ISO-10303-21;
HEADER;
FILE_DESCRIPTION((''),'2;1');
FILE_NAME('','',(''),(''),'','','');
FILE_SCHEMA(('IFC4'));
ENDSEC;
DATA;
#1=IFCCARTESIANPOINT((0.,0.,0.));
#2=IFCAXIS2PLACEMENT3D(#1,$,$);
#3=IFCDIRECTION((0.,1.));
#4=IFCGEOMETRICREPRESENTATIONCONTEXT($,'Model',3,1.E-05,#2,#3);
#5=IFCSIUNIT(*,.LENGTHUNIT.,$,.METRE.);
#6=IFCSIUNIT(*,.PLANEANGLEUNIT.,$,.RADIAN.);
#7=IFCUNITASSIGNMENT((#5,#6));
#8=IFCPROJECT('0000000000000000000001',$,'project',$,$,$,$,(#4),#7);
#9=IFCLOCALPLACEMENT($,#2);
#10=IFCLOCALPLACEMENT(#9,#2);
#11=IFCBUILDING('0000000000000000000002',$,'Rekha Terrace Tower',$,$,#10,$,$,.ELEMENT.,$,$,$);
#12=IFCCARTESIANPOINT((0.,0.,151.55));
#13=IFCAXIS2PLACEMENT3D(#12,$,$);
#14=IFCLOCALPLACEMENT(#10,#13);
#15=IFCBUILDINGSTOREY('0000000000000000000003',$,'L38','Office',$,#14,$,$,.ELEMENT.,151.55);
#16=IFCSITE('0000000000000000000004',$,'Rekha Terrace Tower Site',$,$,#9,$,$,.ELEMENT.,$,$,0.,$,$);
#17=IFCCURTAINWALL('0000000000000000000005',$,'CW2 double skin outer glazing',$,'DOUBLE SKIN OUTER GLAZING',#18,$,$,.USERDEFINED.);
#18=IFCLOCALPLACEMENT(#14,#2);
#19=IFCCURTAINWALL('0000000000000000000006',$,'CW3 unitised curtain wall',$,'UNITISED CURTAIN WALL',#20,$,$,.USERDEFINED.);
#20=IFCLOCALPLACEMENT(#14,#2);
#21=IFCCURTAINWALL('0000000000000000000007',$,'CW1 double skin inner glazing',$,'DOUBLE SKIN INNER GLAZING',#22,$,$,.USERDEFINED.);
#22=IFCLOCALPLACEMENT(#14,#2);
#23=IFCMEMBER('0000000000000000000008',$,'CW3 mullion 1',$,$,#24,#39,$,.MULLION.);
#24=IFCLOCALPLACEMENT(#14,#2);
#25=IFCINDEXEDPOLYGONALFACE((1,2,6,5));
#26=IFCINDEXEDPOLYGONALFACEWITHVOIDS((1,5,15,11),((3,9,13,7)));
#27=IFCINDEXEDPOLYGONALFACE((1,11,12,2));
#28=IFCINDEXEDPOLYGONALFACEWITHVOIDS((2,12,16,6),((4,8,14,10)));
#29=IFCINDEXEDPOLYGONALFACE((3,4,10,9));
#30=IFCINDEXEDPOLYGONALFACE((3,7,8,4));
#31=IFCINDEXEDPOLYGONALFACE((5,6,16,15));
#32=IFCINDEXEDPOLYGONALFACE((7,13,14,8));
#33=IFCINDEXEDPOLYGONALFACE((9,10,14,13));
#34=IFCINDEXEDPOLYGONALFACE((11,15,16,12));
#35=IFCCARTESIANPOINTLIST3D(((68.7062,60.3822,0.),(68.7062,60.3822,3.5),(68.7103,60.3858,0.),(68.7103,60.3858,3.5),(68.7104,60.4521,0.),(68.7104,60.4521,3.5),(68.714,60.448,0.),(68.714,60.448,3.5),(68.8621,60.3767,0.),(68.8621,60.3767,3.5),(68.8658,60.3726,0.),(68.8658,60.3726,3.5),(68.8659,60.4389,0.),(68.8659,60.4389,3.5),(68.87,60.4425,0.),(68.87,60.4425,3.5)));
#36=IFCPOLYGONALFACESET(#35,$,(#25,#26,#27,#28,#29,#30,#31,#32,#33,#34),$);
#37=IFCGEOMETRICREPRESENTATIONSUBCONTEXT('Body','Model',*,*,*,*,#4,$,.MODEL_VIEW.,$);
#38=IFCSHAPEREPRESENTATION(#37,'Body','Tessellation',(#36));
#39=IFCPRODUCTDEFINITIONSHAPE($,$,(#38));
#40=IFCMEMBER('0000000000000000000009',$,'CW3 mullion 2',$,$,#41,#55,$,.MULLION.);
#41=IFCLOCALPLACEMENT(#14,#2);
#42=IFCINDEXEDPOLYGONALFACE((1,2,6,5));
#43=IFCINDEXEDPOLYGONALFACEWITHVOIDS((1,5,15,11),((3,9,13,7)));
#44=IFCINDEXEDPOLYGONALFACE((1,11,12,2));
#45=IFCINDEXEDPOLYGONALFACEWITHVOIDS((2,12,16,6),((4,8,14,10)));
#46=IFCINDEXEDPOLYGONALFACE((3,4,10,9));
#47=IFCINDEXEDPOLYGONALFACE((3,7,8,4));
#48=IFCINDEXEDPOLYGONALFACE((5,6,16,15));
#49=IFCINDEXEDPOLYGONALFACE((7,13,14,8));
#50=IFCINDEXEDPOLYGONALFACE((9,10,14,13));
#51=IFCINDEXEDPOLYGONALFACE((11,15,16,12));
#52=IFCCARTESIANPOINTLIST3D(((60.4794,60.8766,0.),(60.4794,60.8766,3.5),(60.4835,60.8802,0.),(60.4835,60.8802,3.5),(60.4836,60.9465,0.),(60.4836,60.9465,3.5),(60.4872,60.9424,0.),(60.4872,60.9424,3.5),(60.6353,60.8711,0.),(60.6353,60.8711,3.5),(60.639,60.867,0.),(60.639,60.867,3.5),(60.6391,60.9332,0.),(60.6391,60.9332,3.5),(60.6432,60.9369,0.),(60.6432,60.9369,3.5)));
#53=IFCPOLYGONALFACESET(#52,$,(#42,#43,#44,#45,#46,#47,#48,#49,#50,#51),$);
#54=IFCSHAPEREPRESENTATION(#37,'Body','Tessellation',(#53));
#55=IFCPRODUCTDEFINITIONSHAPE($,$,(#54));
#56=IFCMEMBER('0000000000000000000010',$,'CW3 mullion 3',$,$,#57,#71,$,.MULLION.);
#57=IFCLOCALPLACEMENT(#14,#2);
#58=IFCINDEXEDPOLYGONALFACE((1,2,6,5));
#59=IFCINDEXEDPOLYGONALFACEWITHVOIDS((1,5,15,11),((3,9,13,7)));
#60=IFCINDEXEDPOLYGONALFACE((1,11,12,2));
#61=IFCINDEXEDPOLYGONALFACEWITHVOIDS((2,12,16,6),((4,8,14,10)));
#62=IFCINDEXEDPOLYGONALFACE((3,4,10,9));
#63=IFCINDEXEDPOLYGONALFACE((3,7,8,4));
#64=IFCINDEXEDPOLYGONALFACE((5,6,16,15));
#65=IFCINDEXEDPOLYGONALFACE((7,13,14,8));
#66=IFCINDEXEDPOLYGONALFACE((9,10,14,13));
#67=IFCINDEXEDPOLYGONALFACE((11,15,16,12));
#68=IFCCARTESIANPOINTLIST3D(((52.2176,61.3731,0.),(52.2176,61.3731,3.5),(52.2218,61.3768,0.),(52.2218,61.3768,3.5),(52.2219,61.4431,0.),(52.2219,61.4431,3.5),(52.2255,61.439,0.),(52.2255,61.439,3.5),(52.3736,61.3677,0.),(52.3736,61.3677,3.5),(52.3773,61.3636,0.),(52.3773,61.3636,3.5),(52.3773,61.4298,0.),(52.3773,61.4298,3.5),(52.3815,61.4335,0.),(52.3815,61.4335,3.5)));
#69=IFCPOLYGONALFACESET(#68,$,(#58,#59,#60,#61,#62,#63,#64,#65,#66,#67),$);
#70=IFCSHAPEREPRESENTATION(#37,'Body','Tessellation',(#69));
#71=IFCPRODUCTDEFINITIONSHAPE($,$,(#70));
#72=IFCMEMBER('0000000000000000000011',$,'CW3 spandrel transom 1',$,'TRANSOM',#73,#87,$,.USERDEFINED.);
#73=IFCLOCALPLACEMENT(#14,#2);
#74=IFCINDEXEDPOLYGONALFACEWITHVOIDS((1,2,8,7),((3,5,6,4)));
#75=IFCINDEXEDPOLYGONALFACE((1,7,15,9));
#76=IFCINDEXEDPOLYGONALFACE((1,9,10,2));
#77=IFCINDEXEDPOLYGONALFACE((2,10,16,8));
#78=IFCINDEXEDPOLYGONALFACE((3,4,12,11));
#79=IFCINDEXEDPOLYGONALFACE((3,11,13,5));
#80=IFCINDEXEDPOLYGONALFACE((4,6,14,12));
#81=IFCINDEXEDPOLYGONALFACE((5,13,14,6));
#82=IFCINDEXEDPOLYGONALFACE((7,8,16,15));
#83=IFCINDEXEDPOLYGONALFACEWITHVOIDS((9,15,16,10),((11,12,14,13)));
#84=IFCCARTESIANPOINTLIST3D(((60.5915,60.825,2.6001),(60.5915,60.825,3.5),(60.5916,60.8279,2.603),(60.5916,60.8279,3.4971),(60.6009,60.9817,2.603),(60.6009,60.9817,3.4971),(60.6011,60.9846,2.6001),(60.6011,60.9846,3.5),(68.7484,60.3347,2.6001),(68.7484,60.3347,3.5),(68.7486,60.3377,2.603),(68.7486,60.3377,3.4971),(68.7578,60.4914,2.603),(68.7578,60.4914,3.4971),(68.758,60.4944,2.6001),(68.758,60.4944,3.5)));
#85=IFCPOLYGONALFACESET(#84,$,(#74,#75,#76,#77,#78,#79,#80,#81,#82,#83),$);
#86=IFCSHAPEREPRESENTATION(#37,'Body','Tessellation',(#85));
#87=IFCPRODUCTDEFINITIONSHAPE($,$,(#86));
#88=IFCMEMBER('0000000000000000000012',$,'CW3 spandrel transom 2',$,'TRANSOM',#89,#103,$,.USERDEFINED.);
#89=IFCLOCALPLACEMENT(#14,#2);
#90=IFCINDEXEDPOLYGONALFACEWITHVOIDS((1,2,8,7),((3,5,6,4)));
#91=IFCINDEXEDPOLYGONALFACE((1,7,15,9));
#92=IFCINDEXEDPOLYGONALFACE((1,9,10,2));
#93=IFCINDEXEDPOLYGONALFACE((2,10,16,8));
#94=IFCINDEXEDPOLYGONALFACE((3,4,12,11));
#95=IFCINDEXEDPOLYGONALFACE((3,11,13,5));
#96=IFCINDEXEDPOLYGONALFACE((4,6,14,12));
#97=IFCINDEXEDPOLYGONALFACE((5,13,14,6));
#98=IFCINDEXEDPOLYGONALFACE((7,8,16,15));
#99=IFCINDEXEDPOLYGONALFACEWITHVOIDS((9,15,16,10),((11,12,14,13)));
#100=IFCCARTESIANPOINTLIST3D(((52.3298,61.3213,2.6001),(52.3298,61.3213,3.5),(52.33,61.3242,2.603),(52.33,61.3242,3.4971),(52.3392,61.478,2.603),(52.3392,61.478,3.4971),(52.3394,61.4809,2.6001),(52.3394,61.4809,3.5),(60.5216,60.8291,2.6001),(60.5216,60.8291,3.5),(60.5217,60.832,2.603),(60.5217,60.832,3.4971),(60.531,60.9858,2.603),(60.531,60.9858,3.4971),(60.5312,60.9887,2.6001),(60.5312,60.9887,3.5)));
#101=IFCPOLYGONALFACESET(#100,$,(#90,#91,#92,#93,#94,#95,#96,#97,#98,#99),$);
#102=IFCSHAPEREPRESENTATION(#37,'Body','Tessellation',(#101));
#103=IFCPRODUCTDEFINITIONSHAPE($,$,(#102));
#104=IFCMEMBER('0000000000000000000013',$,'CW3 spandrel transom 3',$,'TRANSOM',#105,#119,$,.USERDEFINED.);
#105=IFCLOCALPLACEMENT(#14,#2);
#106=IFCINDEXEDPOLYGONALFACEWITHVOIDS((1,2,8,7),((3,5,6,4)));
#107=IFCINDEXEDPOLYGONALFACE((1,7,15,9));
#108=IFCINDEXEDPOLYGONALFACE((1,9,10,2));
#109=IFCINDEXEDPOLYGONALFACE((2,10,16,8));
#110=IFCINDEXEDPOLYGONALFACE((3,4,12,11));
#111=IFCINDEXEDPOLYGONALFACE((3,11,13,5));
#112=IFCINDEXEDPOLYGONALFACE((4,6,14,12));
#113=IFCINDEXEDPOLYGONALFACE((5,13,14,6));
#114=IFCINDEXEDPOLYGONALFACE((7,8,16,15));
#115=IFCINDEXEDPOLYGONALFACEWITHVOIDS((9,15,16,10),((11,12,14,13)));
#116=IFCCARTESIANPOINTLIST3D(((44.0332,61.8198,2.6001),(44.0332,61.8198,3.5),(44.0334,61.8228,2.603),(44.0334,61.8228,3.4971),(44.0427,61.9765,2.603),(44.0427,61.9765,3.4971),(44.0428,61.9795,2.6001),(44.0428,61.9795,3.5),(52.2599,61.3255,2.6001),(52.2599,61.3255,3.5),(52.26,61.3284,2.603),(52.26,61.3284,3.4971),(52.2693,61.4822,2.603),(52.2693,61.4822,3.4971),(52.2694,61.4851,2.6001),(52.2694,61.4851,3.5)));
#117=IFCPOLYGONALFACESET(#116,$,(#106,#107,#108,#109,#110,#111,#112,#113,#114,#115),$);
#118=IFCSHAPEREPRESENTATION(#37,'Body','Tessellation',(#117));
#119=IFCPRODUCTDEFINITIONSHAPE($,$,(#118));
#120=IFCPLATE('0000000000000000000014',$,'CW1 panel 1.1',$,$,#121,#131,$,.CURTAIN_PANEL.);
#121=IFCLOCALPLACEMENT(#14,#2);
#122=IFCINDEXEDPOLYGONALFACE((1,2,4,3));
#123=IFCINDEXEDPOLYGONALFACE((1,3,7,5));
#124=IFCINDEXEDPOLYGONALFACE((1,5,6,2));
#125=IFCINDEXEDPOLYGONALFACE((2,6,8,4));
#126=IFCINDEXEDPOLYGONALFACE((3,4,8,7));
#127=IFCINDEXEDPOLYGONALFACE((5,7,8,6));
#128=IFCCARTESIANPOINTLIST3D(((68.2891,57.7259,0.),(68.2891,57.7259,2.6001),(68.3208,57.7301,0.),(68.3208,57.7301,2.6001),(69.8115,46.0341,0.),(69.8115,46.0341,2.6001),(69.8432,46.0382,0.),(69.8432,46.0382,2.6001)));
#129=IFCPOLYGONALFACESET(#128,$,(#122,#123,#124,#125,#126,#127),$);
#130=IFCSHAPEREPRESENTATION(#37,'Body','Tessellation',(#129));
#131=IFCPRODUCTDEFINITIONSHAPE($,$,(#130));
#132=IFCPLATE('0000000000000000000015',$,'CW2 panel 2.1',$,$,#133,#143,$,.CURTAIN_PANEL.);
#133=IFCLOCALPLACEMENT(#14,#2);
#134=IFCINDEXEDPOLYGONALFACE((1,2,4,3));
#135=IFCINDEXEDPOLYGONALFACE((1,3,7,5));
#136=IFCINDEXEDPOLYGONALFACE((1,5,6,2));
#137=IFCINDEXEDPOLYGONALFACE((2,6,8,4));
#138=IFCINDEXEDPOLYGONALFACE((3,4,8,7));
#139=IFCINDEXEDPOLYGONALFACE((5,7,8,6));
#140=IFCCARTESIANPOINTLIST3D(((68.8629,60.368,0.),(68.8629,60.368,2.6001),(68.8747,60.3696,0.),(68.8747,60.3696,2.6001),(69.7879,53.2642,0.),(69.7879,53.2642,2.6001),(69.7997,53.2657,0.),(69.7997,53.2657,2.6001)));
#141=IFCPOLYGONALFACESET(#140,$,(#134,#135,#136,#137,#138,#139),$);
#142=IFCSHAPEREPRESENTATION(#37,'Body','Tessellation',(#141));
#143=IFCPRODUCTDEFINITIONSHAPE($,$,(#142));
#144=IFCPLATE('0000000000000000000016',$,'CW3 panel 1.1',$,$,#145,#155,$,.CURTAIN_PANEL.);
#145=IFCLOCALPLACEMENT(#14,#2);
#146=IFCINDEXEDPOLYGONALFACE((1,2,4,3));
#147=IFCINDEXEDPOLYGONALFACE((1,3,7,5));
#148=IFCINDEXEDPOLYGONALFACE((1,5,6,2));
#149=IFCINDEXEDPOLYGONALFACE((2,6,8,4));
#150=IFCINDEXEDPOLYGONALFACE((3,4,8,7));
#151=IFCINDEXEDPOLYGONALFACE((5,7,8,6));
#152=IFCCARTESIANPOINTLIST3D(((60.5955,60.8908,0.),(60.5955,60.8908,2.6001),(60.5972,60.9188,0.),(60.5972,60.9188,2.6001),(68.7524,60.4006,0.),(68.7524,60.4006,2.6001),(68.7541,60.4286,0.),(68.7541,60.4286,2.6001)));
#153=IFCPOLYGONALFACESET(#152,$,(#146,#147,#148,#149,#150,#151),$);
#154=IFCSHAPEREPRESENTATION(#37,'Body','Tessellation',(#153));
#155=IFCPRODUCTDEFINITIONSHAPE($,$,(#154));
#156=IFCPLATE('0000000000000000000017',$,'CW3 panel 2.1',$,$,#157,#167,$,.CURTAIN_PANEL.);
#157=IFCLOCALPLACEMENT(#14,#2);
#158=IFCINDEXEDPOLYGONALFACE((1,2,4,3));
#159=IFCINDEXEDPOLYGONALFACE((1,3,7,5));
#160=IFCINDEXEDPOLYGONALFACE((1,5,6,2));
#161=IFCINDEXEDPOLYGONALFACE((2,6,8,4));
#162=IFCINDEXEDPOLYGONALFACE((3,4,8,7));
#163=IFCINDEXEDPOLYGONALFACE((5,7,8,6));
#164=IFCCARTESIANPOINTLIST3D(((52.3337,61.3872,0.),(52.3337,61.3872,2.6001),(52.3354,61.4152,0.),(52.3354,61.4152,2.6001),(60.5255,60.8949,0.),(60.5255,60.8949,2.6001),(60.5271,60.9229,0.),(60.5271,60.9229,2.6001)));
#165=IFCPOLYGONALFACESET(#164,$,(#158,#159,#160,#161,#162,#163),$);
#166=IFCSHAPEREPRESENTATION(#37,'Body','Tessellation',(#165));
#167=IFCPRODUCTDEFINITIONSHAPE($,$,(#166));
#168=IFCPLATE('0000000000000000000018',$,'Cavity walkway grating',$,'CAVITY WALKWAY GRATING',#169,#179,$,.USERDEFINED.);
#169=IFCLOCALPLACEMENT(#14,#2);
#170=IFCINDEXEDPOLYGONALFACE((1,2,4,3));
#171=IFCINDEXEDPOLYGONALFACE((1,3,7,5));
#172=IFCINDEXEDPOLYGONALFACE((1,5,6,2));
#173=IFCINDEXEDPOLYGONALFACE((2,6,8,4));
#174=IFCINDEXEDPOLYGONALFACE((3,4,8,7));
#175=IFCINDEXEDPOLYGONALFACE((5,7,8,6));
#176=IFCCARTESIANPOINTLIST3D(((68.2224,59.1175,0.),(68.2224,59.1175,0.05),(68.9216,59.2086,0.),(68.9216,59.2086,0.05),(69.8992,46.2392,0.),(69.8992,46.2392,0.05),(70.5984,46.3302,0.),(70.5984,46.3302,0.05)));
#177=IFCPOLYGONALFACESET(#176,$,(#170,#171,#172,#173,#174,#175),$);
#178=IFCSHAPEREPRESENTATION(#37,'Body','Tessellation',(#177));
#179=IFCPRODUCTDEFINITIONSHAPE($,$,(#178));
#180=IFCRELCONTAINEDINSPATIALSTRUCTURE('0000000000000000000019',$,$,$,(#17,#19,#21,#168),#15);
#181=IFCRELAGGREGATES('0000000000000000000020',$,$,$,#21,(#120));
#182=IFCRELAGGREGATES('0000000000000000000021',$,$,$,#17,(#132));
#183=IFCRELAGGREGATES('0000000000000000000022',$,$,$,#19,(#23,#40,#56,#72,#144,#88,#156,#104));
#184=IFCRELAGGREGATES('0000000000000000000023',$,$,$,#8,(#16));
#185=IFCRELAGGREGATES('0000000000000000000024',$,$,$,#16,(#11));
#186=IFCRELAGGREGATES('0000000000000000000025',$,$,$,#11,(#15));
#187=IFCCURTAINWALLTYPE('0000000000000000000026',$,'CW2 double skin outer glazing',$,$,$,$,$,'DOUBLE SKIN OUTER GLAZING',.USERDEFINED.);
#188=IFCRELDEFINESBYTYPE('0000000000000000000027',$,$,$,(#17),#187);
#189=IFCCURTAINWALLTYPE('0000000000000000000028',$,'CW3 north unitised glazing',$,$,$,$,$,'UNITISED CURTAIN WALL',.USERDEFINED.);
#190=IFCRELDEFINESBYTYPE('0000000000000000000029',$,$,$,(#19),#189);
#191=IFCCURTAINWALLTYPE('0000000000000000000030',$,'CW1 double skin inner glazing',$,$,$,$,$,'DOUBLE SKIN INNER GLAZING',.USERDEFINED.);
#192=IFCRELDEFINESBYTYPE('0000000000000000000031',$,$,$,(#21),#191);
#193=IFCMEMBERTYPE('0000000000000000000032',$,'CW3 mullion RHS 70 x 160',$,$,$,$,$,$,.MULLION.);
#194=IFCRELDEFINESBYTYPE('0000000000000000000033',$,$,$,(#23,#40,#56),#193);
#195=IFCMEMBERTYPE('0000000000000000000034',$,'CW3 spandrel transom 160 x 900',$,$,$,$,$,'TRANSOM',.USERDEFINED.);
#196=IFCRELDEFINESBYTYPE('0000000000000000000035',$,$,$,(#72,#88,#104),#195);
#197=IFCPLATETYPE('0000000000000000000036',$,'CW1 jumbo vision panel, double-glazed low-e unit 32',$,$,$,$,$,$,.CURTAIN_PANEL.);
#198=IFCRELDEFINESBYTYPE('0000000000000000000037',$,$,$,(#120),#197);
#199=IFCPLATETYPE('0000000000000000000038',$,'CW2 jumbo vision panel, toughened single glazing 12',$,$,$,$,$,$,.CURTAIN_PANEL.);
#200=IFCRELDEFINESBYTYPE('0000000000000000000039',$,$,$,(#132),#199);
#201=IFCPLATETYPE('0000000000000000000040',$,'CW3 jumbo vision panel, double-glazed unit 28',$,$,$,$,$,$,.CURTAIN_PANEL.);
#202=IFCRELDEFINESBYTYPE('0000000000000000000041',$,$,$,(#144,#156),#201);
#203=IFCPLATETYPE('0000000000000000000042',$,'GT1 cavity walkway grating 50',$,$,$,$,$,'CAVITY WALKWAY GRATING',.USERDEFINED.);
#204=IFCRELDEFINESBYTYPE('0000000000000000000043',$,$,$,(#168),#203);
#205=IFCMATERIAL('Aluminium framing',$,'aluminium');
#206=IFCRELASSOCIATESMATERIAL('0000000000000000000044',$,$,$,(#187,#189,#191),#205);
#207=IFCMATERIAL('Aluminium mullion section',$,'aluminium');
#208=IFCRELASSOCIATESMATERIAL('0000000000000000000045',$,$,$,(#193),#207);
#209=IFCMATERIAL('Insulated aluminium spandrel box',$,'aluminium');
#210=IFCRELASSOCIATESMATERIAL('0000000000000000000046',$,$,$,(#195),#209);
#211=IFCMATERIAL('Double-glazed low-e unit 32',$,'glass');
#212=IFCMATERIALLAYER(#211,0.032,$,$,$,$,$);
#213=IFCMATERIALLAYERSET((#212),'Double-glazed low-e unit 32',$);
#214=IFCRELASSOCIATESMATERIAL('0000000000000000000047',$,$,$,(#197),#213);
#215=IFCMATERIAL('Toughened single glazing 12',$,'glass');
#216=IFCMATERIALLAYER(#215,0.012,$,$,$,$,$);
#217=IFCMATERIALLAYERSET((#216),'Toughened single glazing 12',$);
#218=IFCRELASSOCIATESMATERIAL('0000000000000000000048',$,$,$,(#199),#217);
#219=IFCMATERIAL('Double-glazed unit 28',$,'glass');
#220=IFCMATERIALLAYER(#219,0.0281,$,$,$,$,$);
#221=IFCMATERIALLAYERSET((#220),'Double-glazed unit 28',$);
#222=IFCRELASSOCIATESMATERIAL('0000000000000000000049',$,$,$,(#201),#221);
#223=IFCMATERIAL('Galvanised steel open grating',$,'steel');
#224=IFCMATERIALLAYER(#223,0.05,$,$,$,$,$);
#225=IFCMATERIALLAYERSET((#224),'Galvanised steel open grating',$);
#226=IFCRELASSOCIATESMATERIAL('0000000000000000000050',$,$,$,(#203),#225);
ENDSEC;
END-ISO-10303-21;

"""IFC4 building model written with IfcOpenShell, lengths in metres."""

from ifc_helpers import new_model, si_unit, direction, frame, origin, origin_2d, place, context, subcontext, project, spatial, rectangle, hollow_rectangle, extrude, material, layer, layer_set, material_profile, profile_set, type_object, element, aggregate, save


model = new_model("IFC4")

# Units and contexts
model_context = context("Model", 3, precision=1e-05, world=origin(), true_north=direction((0.0, 1.0)))
body_context = subcontext(model_context, "Body", "Model", "MODEL_VIEW")
ifc_project = project(units=[si_unit("LENGTHUNIT", "METRE"), si_unit("PLANEANGLEUNIT", "RADIAN")], contexts=[model_context])

# Site, building, storey
site_placement = place(None, origin())
site = spatial("IfcSite", under=ifc_project, at=site_placement, Name="Rekha Terrace Tower Site", CompositionType="ELEMENT", RefElevation=0.0)
building_placement = place(site_placement, origin())
building = spatial("IfcBuilding", under=site, at=building_placement, Name="Rekha Terrace Tower", CompositionType="ELEMENT")
storey_placement = place(building_placement, frame((0.0, 0.0, 151.55)))
storey = spatial("IfcBuildingStorey", under=building, at=storey_placement, Name="L38", Description="Office", CompositionType="ELEMENT", Elevation=151.55)

# Curtain wall
ifc_material_1 = material(Name="Aluminium framing", Category="aluminium")
curtain_wall_type_1 = type_object("IfcCurtainWallType", Name="CW2 double skin outer glazing", ElementType="DOUBLE SKIN OUTER GLAZING", PredefinedType="USERDEFINED", material=ifc_material_1)
curtain_wall_1_placement = place(storey_placement, origin())
curtain_wall_1 = element("IfcCurtainWall", 1, at=curtain_wall_1_placement, inside=storey, type_object=curtain_wall_type_1, Name="CW2 double skin outer glazing", ObjectType="DOUBLE SKIN OUTER GLAZING", PredefinedType="USERDEFINED")

# Curtain wall
curtain_wall_type_2 = type_object("IfcCurtainWallType", Name="CW3 north unitised glazing", ElementType="UNITISED CURTAIN WALL", PredefinedType="USERDEFINED", material=ifc_material_1)
curtain_wall_2_placement = place(storey_placement, origin())
curtain_wall_2 = element("IfcCurtainWall", 2, at=curtain_wall_2_placement, inside=storey, type_object=curtain_wall_type_2, Name="CW3 unitised curtain wall", ObjectType="UNITISED CURTAIN WALL", PredefinedType="USERDEFINED")

# Curtain wall
curtain_wall_type_3 = type_object("IfcCurtainWallType", Name="CW1 double skin inner glazing", ElementType="DOUBLE SKIN INNER GLAZING", PredefinedType="USERDEFINED", material=ifc_material_1)
curtain_wall_3_placement = place(storey_placement, origin())
curtain_wall_3 = element("IfcCurtainWall", 3, at=curtain_wall_3_placement, inside=storey, type_object=curtain_wall_type_3, Name="CW1 double skin inner glazing", ObjectType="DOUBLE SKIN INNER GLAZING", PredefinedType="USERDEFINED")
ifc_material_2 = material(Name="Aluminium mullion section", Category="aluminium")

# Members
ifc_material_3 = material(Name="Insulated aluminium spandrel box", Category="aluminium")
ifc_material_profile_1 = material_profile(ifc_material_2, hollow_rectangle(XDim=0.0701, YDim=0.1599, WallThickness=0.0039, at=origin_2d()), Name="AL RHS 70x160")
ifc_profile_set_1 = profile_set([ifc_material_profile_1], Name="Aluminium mullion section")
member_type_1 = type_object("IfcMemberType", Name="CW3 mullion RHS 70 x 160", PredefinedType="MULLION", material=ifc_profile_set_1)
member_1_placement = place(storey_placement, frame((68.7881, 60.4124, 0.0), z_axis=(0.0, 0.0, 1.0), x_axis=(-0.059988, -0.998199, 0.0)))
member_1 = element("IfcMember", 4, at=member_1_placement, type_object=member_type_1, Name="CW3 mullion 1", PredefinedType="MULLION", context=body_context, shape_type="SweptSolid", body=[
    extrude(hollow_rectangle(XDim=0.0701, YDim=0.1599, WallThickness=0.0039, at=origin_2d()), origin(), (0.0, 0.0, 1.0), 3.5),
])
member_2_placement = place(storey_placement, frame((60.5613, 60.9067, 0.0), z_axis=(0.0, 0.0, 1.0), x_axis=(-0.059988, -0.998199, 0.0)))
member_2 = element("IfcMember", 5, at=member_2_placement, type_object=member_type_1, Name="CW3 mullion 2", PredefinedType="MULLION", context=body_context, shape_type="SweptSolid", body=[
    extrude(hollow_rectangle(XDim=0.0701, YDim=0.1599, WallThickness=0.0039, at=origin_2d()), origin(), (0.0, 0.0, 1.0), 3.5),
])
member_3_placement = place(storey_placement, frame((52.2996, 61.4033, 0.0), z_axis=(0.0, 0.0, 1.0), x_axis=(-0.059988, -0.998199, 0.0)))
member_3 = element("IfcMember", 6, at=member_3_placement, type_object=member_type_1, Name="CW3 mullion 3", PredefinedType="MULLION", context=body_context, shape_type="SweptSolid", body=[
    extrude(hollow_rectangle(XDim=0.0701, YDim=0.1599, WallThickness=0.0039, at=origin_2d()), origin(), (0.0, 0.0, 1.0), 3.5),
])
ifc_material_profile_2 = material_profile(ifc_material_3, hollow_rectangle(XDim=0.1599, YDim=0.8999, WallThickness=0.0029, at=origin_2d()), Name="AL SPANDREL BOX 160x900")
ifc_profile_set_2 = profile_set([ifc_material_profile_2], Name="Insulated aluminium spandrel box")
member_type_2 = type_object("IfcMemberType", Name="CW3 spandrel transom 160 x 900", ElementType="TRANSOM", PredefinedType="USERDEFINED", material=ifc_profile_set_2)
member_4_placement = place(storey_placement, frame((68.7532, 60.4146, 3.05), z_axis=(-0.998199, 0.059992, 0.0), x_axis=(-0.059992, -0.998199, 0.0)))
member_4 = element("IfcMember", 7, at=member_4_placement, type_object=member_type_2, Name="CW3 spandrel transom 1", ObjectType="TRANSOM", PredefinedType="USERDEFINED", context=body_context, shape_type="SweptSolid", body=[
    extrude(hollow_rectangle(XDim=0.1599, YDim=0.8999, WallThickness=0.0029, at=origin_2d()), origin(), (0.0, 0.0, 1.0), 8.1716),
])
member_5_placement = place(storey_placement, frame((60.5264, 60.9089, 3.05), z_axis=(-0.9982, 0.059976, 0.0), x_axis=(-0.059976, -0.9982, 0.0)))
member_5 = element("IfcMember", 8, at=member_5_placement, type_object=member_type_2, Name="CW3 spandrel transom 2", ObjectType="TRANSOM", PredefinedType="USERDEFINED", context=body_context, shape_type="SweptSolid", body=[
    extrude(hollow_rectangle(XDim=0.1599, YDim=0.8999, WallThickness=0.0029, at=origin_2d()), origin(), (0.0, 0.0, 1.0), 8.2065),
])
member_6_placement = place(storey_placement, frame((52.2646, 61.4053, 3.05), z_axis=(-0.998199, 0.059988, 0.0), x_axis=(-0.059988, -0.998199, 0.0)))
member_6 = element("IfcMember", 9, at=member_6_placement, type_object=member_type_2, Name="CW3 spandrel transom 3", ObjectType="TRANSOM", PredefinedType="USERDEFINED", context=body_context, shape_type="SweptSolid", body=[
    extrude(hollow_rectangle(XDim=0.1599, YDim=0.8999, WallThickness=0.0029, at=origin_2d()), origin(), (0.0, 0.0, 1.0), 8.2415),
])

# Plates
ifc_material_4 = material(Name="Double-glazed low-e unit 32", Category="glass")
ifc_layer_1 = layer(ifc_material_4, 0.032)
ifc_layer_set_1 = layer_set([ifc_layer_1], Name="Double-glazed low-e unit 32")
plate_type_1 = type_object("IfcPlateType", Name="CW1 jumbo vision panel, double-glazed low-e unit 32", PredefinedType="CURTAIN_PANEL", material=ifc_layer_set_1)
plate_1_placement = place(storey_placement, frame((69.0662, 51.8821, 0.0), z_axis=(0.0, 0.0, 1.0), x_axis=(-0.129118, 0.991629, 0.0)))
plate_1 = element("IfcPlate", 10, at=plate_1_placement, type_object=plate_type_1, Name="CW1 panel 1.1", PredefinedType="CURTAIN_PANEL", context=body_context, shape_type="SweptSolid", body=[
    extrude(rectangle(XDim=11.7905, YDim=0.032, at=origin_2d()), origin(), (0.0, 0.0, 1.0), 2.6001),
])
aggregate(curtain_wall_3, [plate_1])
ifc_material_5 = material(Name="Toughened single glazing 12", Category="glass")
ifc_layer_2 = layer(ifc_material_5, 0.012)
ifc_layer_set_2 = layer_set([ifc_layer_2], Name="Toughened single glazing 12")
plate_type_2 = type_object("IfcPlateType", Name="CW2 jumbo vision panel, toughened single glazing 12", PredefinedType="CURTAIN_PANEL", material=ifc_layer_set_2)
plate_2_placement = place(storey_placement, frame((69.3313, 56.8169, 0.0), z_axis=(0.0, 0.0, 1.0), x_axis=(-0.129118, 0.991629, 0.0)))
plate_2 = element("IfcPlate", 11, at=plate_2_placement, type_object=plate_type_2, Name="CW2 panel 2.1", PredefinedType="CURTAIN_PANEL", context=body_context, shape_type="SweptSolid", body=[
    extrude(rectangle(XDim=7.1638, YDim=0.012, at=origin_2d()), origin(), (0.0, 0.0, 1.0), 2.6001),
])
aggregate(curtain_wall_1, [plate_2])
ifc_material_6 = material(Name="Double-glazed unit 28", Category="glass")
ifc_layer_3 = layer(ifc_material_6, 0.0281)
ifc_layer_set_3 = layer_set([ifc_layer_3], Name="Double-glazed unit 28")
plate_type_3 = type_object("IfcPlateType", Name="CW3 jumbo vision panel, double-glazed unit 28", PredefinedType="CURTAIN_PANEL", material=ifc_layer_set_3)
plate_3_placement = place(storey_placement, frame((64.6748, 60.6597, 0.0), z_axis=(0.0, 0.0, 1.0), x_axis=(-0.998199, 0.059988, 0.0)))
plate_3 = element("IfcPlate", 12, at=plate_3_placement, type_object=plate_type_3, Name="CW3 panel 1.1", PredefinedType="CURTAIN_PANEL", context=body_context, shape_type="SweptSolid", body=[
    extrude(rectangle(XDim=8.1716, YDim=0.0281, at=origin_2d()), origin(), (0.0, 0.0, 1.0), 2.6001),
])
plate_4_placement = place(storey_placement, frame((56.4304, 61.155, 0.0), z_axis=(0.0, 0.0, 1.0), x_axis=(-0.998199, 0.059988, 0.0)))
plate_4 = element("IfcPlate", 13, at=plate_4_placement, type_object=plate_type_3, Name="CW3 panel 2.1", PredefinedType="CURTAIN_PANEL", context=body_context, shape_type="SweptSolid", body=[
    extrude(rectangle(XDim=8.2065, YDim=0.0281, at=origin_2d()), origin(), (0.0, 0.0, 1.0), 2.6001),
])
aggregate(curtain_wall_2, [member_1, member_2, member_3, member_4, plate_3, member_5, plate_4, member_6])
ifc_material_7 = material(Name="Galvanised steel open grating", Category="steel")
ifc_layer_4 = layer(ifc_material_7, 0.05)
ifc_layer_set_4 = layer_set([ifc_layer_4], Name="Galvanised steel open grating")
plate_type_4 = type_object("IfcPlateType", Name="GT1 cavity walkway grating 50", ElementType="CAVITY WALKWAY GRATING", PredefinedType="USERDEFINED", material=ifc_layer_set_4)
plate_5_placement = place(storey_placement, frame((69.4104, 52.7239, 0.0), z_axis=(0.0, 0.0, 1.0), x_axis=(-0.129118, 0.991629, 0.0)))
element("IfcPlate", 14, at=plate_5_placement, inside=storey, type_object=plate_type_4, Name="Cavity walkway grating", ObjectType="CAVITY WALKWAY GRATING", PredefinedType="USERDEFINED", context=body_context, shape_type="SweptSolid", body=[
    extrude(rectangle(XDim=12.9871, YDim=0.7051, at=origin_2d()), origin(), (0.0, 0.0, 1.0), 0.05),
])

save(model, "model.ifc")
